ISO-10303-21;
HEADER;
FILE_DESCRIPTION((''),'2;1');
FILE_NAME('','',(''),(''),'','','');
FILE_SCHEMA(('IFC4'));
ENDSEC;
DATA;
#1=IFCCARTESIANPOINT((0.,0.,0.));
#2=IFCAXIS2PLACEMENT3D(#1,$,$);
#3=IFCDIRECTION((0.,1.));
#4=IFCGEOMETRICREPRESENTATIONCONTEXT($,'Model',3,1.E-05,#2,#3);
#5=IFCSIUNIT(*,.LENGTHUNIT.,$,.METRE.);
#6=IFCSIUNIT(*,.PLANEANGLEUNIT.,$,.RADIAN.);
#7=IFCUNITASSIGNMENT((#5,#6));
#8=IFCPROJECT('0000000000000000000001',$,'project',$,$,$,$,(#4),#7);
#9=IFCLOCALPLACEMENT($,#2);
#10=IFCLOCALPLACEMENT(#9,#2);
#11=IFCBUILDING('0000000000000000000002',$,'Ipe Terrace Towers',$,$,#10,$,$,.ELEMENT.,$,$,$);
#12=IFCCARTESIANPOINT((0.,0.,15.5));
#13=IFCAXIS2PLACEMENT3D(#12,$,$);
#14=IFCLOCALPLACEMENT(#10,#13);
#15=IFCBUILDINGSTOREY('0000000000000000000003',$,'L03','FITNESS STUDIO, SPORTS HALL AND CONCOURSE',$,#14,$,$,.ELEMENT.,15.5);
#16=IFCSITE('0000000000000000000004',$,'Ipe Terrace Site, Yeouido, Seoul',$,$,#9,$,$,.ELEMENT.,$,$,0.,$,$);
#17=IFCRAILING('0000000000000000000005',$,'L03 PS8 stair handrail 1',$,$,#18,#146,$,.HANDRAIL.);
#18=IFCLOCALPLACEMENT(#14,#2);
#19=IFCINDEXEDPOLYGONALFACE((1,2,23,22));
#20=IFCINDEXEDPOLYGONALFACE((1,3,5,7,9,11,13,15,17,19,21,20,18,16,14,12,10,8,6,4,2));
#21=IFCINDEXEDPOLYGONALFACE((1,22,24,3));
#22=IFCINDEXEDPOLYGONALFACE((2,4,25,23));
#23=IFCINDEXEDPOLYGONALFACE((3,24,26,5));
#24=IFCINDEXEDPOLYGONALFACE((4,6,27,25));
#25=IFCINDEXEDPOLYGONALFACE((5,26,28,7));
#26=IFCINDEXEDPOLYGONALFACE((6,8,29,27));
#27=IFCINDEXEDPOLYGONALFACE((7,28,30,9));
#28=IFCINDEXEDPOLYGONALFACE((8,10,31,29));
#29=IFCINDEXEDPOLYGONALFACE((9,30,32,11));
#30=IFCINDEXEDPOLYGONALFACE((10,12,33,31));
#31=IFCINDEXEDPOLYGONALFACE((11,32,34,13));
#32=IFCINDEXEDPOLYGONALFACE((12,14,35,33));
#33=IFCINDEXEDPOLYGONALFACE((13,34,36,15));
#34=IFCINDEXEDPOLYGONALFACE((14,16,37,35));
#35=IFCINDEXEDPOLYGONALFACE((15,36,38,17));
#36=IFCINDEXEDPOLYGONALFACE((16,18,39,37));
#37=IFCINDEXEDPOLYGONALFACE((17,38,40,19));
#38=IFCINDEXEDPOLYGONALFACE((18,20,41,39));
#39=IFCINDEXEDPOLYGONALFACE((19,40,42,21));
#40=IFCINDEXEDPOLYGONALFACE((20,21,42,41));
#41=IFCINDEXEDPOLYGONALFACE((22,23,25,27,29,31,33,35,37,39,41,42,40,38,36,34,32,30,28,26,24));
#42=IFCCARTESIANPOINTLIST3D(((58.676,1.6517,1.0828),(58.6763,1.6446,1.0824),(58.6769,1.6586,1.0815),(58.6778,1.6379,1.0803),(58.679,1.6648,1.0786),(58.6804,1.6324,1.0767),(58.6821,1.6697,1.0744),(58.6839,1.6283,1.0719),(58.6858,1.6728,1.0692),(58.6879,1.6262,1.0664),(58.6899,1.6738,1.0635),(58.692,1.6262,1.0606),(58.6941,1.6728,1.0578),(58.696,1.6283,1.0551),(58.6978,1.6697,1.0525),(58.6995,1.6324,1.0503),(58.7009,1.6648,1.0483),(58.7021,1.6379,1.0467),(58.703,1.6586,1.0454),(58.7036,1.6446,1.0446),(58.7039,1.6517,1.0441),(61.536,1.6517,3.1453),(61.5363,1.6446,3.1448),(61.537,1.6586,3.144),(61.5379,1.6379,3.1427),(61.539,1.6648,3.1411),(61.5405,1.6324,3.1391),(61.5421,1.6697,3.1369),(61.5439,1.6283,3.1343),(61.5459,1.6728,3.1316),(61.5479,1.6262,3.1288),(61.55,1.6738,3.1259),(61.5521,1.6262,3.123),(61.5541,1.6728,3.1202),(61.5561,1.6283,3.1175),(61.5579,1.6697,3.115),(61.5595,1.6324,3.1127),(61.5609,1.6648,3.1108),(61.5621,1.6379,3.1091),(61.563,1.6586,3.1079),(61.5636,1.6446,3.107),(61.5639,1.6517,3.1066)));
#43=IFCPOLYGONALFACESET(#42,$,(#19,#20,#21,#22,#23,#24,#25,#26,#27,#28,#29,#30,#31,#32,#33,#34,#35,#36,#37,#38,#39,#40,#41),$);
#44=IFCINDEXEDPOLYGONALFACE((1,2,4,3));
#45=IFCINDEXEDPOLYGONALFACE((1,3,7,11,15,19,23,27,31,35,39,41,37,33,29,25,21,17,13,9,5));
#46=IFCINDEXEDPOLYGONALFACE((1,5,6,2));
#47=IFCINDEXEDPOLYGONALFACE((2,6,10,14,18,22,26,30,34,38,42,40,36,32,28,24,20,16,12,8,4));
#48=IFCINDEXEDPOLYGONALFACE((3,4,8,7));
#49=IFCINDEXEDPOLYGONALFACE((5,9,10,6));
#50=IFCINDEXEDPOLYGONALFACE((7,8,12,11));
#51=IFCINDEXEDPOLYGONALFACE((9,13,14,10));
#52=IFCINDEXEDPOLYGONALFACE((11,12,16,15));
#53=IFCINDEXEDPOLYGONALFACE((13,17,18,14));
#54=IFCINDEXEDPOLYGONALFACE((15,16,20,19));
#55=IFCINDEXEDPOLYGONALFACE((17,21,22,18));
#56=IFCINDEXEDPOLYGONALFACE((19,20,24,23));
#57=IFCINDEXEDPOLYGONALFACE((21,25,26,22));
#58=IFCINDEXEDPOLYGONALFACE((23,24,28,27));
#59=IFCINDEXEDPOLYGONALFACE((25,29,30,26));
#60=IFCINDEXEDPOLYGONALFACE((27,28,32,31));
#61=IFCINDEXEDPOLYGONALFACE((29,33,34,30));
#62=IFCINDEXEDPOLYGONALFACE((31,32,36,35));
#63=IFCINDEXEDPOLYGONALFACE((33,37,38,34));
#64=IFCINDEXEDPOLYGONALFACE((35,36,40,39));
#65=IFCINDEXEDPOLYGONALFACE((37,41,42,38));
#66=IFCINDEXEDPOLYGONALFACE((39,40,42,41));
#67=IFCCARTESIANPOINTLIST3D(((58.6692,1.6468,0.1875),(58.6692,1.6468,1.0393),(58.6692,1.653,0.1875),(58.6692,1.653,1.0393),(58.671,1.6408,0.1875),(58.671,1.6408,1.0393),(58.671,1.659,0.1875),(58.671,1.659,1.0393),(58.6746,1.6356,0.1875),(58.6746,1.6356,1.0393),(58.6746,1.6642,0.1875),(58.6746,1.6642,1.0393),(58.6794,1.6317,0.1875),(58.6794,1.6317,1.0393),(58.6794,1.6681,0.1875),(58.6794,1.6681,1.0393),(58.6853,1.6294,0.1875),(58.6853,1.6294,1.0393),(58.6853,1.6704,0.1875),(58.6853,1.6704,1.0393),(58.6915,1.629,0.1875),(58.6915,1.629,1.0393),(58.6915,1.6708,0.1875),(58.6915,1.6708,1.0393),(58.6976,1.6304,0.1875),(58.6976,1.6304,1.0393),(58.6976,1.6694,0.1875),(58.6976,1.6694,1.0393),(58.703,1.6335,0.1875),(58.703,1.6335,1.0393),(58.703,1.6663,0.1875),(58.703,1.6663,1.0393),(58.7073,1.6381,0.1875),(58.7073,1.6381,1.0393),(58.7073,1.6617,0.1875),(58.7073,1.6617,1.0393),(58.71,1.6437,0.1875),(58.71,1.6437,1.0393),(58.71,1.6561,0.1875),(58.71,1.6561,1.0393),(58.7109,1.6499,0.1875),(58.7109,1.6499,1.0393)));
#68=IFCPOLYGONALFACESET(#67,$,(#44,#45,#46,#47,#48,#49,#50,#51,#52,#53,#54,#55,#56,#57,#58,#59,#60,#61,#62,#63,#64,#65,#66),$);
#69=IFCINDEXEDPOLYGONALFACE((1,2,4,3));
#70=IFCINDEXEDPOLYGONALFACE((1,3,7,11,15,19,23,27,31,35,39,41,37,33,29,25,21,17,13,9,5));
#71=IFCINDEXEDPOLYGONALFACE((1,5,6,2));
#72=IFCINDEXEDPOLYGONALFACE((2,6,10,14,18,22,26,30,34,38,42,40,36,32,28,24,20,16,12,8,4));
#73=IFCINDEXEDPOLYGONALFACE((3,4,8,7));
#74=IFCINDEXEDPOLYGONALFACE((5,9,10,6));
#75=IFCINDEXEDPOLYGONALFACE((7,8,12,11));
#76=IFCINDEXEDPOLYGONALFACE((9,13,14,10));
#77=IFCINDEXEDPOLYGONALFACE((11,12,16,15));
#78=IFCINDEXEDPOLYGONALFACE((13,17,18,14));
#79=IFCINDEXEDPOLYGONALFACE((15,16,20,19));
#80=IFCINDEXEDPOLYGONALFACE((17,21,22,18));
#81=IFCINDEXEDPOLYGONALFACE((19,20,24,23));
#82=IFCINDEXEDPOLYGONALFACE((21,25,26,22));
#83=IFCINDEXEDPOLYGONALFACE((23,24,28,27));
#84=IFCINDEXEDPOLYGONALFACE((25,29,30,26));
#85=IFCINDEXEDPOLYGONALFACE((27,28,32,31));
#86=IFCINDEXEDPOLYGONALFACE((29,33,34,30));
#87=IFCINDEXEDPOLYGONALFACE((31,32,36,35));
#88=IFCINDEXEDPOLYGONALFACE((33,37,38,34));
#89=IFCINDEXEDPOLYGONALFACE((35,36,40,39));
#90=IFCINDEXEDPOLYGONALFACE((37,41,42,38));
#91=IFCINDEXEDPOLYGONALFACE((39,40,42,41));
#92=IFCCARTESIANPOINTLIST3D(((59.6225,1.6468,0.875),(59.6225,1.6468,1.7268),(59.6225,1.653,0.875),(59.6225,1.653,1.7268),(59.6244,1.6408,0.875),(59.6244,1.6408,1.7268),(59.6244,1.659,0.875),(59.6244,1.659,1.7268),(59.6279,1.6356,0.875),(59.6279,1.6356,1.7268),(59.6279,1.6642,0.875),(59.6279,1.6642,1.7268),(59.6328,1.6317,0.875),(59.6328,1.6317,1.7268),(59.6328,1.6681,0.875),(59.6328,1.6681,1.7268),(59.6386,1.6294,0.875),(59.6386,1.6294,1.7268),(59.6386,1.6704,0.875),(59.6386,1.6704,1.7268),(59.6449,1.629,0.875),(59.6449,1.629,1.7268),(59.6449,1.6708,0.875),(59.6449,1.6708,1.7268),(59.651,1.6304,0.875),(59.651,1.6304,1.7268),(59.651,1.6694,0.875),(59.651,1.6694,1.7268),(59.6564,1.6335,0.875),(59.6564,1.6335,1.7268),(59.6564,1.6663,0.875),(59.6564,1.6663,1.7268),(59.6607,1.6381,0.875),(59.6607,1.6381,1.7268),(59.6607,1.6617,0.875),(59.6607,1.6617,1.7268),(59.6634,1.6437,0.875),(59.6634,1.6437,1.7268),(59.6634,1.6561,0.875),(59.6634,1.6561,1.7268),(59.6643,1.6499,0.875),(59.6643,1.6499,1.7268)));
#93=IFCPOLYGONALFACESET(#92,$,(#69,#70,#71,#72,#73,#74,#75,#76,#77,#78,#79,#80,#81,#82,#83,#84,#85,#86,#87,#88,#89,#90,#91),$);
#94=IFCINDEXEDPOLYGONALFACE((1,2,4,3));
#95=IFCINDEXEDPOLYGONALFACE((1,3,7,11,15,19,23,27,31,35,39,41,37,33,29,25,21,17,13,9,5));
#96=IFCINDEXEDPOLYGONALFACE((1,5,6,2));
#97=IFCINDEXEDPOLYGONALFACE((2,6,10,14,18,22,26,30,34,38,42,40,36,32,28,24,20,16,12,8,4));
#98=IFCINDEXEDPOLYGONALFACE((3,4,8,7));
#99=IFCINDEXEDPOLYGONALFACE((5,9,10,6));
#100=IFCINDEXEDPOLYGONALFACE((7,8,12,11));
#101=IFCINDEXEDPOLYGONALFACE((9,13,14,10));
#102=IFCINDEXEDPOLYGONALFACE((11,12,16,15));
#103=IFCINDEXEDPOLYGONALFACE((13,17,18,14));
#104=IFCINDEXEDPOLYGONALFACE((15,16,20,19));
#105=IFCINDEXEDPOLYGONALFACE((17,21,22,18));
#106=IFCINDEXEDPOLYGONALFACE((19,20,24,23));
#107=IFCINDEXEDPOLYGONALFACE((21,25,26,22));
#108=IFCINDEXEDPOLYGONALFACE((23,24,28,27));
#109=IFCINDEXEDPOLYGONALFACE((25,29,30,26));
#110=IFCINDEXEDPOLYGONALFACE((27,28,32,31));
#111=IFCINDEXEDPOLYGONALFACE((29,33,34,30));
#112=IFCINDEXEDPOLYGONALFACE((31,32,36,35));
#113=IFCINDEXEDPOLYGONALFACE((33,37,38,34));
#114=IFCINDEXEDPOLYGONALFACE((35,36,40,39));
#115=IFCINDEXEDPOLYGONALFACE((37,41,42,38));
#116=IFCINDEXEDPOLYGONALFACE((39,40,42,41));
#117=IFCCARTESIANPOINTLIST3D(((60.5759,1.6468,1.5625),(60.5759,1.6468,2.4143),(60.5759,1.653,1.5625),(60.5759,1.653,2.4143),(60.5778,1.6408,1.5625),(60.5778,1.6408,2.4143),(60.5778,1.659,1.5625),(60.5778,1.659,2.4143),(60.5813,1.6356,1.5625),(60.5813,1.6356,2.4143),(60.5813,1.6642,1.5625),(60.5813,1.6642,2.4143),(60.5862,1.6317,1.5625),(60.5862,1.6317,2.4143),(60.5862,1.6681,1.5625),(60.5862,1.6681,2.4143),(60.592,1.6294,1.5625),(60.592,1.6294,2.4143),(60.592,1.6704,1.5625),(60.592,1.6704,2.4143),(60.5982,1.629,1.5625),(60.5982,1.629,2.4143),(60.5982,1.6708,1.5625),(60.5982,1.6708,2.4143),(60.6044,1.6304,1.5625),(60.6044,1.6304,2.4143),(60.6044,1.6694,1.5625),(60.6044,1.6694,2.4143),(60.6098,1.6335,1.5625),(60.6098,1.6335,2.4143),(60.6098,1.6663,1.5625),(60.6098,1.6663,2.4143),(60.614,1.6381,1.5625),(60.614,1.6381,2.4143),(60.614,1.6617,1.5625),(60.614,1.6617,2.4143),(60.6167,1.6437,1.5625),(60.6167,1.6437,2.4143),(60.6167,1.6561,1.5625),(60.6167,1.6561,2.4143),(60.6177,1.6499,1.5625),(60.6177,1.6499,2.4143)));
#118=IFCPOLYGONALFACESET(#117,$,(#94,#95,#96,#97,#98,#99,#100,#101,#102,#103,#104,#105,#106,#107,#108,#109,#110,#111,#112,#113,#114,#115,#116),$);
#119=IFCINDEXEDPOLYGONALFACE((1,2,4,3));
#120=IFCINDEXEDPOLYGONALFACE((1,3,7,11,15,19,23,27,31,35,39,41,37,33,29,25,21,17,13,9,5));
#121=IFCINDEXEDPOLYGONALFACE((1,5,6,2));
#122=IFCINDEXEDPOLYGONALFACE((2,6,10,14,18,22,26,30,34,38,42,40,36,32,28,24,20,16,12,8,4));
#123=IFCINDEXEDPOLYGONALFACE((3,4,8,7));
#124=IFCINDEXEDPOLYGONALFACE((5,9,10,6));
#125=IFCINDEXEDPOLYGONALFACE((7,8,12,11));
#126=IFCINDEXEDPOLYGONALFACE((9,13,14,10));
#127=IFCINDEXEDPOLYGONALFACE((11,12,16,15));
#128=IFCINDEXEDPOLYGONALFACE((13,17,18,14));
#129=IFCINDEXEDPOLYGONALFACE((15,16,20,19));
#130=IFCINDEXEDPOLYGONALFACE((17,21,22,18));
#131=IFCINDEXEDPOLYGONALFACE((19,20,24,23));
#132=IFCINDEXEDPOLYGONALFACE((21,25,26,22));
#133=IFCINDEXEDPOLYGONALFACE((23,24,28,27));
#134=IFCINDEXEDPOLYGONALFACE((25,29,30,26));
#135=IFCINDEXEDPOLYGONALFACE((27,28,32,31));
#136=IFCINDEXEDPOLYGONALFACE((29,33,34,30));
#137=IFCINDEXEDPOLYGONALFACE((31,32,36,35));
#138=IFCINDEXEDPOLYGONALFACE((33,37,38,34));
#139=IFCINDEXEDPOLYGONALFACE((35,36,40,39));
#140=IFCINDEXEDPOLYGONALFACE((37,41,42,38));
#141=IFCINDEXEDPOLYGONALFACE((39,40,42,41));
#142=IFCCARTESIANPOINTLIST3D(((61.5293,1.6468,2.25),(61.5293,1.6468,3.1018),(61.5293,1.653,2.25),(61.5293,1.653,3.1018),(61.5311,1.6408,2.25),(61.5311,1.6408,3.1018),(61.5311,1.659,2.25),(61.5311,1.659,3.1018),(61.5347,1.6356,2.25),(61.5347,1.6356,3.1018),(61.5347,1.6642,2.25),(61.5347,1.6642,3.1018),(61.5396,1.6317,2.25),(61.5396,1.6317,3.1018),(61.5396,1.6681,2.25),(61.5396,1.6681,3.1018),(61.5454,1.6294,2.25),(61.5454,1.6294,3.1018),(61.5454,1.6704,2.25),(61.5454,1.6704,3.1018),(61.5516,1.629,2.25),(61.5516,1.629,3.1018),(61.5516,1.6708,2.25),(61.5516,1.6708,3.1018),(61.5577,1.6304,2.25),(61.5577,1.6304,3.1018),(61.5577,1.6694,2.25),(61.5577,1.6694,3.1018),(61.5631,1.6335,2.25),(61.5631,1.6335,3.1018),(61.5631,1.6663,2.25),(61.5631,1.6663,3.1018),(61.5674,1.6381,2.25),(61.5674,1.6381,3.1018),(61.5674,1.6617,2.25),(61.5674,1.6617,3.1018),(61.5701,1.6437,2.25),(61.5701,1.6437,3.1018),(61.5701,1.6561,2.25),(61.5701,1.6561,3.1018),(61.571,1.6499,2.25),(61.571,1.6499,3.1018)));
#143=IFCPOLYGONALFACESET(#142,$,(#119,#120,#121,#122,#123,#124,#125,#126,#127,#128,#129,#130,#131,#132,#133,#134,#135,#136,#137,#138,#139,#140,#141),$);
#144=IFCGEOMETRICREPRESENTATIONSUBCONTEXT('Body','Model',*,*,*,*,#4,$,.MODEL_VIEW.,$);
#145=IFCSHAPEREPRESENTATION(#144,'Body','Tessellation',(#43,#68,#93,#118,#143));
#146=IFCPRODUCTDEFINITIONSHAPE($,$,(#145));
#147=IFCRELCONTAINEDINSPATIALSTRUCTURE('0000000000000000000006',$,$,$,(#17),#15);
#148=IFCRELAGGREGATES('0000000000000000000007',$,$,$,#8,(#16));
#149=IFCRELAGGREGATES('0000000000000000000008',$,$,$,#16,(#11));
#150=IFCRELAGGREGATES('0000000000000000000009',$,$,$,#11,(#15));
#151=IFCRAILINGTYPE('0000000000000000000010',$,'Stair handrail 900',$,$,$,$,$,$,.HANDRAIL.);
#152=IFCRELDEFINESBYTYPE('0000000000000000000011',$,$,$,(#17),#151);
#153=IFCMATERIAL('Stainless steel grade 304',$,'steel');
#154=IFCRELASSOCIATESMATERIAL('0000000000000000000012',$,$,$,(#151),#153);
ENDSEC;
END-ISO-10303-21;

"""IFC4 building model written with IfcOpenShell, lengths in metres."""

from ifc_helpers import new_model, si_unit, direction, frame, origin, origin_2d, place, context, subcontext, project, spatial, circle, extrude, material, type_object, element, save


model = new_model("IFC4")

# Units and contexts
model_context = context("Model", 3, precision=1e-05, world=origin(), true_north=direction((0.0, 1.0)))
body_context = subcontext(model_context, "Body", "Model", "MODEL_VIEW")
ifc_project = project(units=[si_unit("LENGTHUNIT", "METRE"), si_unit("PLANEANGLEUNIT", "RADIAN")], contexts=[model_context])

# Site, building, storey
site_placement = place(None, origin())
site = spatial("IfcSite", under=ifc_project, at=site_placement, Name="Ipe Terrace Site, Yeouido, Seoul", CompositionType="ELEMENT", RefElevation=0.0)
building_placement = place(site_placement, origin())
building = spatial("IfcBuilding", under=site, at=building_placement, Name="Ipe Terrace Towers", CompositionType="ELEMENT")
storey_placement = place(building_placement, frame((0.0, 0.0, 15.5)))
storey = spatial("IfcBuildingStorey", under=building, at=storey_placement, Name="L03", Description="FITNESS STUDIO, SPORTS HALL AND CONCOURSE", CompositionType="ELEMENT", Elevation=15.5)

# Railing
ifc_material_1 = material(Name="Stainless steel grade 304", Category="steel")
railing_type_1 = type_object("IfcRailingType", Name="Stair handrail 900", PredefinedType="HANDRAIL", material=ifc_material_1)
railing_1_placement = place(storey_placement, frame((58.6899, 1.6499, 0.1875)))
element("IfcRailing", 1, at=railing_1_placement, inside=storey, type_object=railing_type_1, Name="L03 PS8 stair handrail 1", PredefinedType="HANDRAIL", context=body_context, shape_type="SweptSolid", body=[
    extrude(circle(Radius=0.0239, at=origin_2d()), frame((0.0, 0.0, 0.876), z_axis=(0.811101, 0.0, 0.584906), x_axis=(0.0, 1.0, 0.0)), (0.0, 0.0, 1.0), 3.5261),
    extrude(circle(Radius=0.021, at=origin_2d()), origin(), (0.0, 0.0, 1.0), 0.8518),
    extrude(circle(Radius=0.021, at=origin_2d()), frame((0.9534, 0.0, 0.6875)), (0.0, 0.0, 1.0), 0.8518),
    extrude(circle(Radius=0.021, at=origin_2d()), frame((1.9067, 0.0, 1.375)), (0.0, 0.0, 1.0), 0.8518),
    extrude(circle(Radius=0.021, at=origin_2d()), frame((2.8601, 0.0, 2.0625)), (0.0, 0.0, 1.0), 0.8518),
])

save(model, "model.ifc")
